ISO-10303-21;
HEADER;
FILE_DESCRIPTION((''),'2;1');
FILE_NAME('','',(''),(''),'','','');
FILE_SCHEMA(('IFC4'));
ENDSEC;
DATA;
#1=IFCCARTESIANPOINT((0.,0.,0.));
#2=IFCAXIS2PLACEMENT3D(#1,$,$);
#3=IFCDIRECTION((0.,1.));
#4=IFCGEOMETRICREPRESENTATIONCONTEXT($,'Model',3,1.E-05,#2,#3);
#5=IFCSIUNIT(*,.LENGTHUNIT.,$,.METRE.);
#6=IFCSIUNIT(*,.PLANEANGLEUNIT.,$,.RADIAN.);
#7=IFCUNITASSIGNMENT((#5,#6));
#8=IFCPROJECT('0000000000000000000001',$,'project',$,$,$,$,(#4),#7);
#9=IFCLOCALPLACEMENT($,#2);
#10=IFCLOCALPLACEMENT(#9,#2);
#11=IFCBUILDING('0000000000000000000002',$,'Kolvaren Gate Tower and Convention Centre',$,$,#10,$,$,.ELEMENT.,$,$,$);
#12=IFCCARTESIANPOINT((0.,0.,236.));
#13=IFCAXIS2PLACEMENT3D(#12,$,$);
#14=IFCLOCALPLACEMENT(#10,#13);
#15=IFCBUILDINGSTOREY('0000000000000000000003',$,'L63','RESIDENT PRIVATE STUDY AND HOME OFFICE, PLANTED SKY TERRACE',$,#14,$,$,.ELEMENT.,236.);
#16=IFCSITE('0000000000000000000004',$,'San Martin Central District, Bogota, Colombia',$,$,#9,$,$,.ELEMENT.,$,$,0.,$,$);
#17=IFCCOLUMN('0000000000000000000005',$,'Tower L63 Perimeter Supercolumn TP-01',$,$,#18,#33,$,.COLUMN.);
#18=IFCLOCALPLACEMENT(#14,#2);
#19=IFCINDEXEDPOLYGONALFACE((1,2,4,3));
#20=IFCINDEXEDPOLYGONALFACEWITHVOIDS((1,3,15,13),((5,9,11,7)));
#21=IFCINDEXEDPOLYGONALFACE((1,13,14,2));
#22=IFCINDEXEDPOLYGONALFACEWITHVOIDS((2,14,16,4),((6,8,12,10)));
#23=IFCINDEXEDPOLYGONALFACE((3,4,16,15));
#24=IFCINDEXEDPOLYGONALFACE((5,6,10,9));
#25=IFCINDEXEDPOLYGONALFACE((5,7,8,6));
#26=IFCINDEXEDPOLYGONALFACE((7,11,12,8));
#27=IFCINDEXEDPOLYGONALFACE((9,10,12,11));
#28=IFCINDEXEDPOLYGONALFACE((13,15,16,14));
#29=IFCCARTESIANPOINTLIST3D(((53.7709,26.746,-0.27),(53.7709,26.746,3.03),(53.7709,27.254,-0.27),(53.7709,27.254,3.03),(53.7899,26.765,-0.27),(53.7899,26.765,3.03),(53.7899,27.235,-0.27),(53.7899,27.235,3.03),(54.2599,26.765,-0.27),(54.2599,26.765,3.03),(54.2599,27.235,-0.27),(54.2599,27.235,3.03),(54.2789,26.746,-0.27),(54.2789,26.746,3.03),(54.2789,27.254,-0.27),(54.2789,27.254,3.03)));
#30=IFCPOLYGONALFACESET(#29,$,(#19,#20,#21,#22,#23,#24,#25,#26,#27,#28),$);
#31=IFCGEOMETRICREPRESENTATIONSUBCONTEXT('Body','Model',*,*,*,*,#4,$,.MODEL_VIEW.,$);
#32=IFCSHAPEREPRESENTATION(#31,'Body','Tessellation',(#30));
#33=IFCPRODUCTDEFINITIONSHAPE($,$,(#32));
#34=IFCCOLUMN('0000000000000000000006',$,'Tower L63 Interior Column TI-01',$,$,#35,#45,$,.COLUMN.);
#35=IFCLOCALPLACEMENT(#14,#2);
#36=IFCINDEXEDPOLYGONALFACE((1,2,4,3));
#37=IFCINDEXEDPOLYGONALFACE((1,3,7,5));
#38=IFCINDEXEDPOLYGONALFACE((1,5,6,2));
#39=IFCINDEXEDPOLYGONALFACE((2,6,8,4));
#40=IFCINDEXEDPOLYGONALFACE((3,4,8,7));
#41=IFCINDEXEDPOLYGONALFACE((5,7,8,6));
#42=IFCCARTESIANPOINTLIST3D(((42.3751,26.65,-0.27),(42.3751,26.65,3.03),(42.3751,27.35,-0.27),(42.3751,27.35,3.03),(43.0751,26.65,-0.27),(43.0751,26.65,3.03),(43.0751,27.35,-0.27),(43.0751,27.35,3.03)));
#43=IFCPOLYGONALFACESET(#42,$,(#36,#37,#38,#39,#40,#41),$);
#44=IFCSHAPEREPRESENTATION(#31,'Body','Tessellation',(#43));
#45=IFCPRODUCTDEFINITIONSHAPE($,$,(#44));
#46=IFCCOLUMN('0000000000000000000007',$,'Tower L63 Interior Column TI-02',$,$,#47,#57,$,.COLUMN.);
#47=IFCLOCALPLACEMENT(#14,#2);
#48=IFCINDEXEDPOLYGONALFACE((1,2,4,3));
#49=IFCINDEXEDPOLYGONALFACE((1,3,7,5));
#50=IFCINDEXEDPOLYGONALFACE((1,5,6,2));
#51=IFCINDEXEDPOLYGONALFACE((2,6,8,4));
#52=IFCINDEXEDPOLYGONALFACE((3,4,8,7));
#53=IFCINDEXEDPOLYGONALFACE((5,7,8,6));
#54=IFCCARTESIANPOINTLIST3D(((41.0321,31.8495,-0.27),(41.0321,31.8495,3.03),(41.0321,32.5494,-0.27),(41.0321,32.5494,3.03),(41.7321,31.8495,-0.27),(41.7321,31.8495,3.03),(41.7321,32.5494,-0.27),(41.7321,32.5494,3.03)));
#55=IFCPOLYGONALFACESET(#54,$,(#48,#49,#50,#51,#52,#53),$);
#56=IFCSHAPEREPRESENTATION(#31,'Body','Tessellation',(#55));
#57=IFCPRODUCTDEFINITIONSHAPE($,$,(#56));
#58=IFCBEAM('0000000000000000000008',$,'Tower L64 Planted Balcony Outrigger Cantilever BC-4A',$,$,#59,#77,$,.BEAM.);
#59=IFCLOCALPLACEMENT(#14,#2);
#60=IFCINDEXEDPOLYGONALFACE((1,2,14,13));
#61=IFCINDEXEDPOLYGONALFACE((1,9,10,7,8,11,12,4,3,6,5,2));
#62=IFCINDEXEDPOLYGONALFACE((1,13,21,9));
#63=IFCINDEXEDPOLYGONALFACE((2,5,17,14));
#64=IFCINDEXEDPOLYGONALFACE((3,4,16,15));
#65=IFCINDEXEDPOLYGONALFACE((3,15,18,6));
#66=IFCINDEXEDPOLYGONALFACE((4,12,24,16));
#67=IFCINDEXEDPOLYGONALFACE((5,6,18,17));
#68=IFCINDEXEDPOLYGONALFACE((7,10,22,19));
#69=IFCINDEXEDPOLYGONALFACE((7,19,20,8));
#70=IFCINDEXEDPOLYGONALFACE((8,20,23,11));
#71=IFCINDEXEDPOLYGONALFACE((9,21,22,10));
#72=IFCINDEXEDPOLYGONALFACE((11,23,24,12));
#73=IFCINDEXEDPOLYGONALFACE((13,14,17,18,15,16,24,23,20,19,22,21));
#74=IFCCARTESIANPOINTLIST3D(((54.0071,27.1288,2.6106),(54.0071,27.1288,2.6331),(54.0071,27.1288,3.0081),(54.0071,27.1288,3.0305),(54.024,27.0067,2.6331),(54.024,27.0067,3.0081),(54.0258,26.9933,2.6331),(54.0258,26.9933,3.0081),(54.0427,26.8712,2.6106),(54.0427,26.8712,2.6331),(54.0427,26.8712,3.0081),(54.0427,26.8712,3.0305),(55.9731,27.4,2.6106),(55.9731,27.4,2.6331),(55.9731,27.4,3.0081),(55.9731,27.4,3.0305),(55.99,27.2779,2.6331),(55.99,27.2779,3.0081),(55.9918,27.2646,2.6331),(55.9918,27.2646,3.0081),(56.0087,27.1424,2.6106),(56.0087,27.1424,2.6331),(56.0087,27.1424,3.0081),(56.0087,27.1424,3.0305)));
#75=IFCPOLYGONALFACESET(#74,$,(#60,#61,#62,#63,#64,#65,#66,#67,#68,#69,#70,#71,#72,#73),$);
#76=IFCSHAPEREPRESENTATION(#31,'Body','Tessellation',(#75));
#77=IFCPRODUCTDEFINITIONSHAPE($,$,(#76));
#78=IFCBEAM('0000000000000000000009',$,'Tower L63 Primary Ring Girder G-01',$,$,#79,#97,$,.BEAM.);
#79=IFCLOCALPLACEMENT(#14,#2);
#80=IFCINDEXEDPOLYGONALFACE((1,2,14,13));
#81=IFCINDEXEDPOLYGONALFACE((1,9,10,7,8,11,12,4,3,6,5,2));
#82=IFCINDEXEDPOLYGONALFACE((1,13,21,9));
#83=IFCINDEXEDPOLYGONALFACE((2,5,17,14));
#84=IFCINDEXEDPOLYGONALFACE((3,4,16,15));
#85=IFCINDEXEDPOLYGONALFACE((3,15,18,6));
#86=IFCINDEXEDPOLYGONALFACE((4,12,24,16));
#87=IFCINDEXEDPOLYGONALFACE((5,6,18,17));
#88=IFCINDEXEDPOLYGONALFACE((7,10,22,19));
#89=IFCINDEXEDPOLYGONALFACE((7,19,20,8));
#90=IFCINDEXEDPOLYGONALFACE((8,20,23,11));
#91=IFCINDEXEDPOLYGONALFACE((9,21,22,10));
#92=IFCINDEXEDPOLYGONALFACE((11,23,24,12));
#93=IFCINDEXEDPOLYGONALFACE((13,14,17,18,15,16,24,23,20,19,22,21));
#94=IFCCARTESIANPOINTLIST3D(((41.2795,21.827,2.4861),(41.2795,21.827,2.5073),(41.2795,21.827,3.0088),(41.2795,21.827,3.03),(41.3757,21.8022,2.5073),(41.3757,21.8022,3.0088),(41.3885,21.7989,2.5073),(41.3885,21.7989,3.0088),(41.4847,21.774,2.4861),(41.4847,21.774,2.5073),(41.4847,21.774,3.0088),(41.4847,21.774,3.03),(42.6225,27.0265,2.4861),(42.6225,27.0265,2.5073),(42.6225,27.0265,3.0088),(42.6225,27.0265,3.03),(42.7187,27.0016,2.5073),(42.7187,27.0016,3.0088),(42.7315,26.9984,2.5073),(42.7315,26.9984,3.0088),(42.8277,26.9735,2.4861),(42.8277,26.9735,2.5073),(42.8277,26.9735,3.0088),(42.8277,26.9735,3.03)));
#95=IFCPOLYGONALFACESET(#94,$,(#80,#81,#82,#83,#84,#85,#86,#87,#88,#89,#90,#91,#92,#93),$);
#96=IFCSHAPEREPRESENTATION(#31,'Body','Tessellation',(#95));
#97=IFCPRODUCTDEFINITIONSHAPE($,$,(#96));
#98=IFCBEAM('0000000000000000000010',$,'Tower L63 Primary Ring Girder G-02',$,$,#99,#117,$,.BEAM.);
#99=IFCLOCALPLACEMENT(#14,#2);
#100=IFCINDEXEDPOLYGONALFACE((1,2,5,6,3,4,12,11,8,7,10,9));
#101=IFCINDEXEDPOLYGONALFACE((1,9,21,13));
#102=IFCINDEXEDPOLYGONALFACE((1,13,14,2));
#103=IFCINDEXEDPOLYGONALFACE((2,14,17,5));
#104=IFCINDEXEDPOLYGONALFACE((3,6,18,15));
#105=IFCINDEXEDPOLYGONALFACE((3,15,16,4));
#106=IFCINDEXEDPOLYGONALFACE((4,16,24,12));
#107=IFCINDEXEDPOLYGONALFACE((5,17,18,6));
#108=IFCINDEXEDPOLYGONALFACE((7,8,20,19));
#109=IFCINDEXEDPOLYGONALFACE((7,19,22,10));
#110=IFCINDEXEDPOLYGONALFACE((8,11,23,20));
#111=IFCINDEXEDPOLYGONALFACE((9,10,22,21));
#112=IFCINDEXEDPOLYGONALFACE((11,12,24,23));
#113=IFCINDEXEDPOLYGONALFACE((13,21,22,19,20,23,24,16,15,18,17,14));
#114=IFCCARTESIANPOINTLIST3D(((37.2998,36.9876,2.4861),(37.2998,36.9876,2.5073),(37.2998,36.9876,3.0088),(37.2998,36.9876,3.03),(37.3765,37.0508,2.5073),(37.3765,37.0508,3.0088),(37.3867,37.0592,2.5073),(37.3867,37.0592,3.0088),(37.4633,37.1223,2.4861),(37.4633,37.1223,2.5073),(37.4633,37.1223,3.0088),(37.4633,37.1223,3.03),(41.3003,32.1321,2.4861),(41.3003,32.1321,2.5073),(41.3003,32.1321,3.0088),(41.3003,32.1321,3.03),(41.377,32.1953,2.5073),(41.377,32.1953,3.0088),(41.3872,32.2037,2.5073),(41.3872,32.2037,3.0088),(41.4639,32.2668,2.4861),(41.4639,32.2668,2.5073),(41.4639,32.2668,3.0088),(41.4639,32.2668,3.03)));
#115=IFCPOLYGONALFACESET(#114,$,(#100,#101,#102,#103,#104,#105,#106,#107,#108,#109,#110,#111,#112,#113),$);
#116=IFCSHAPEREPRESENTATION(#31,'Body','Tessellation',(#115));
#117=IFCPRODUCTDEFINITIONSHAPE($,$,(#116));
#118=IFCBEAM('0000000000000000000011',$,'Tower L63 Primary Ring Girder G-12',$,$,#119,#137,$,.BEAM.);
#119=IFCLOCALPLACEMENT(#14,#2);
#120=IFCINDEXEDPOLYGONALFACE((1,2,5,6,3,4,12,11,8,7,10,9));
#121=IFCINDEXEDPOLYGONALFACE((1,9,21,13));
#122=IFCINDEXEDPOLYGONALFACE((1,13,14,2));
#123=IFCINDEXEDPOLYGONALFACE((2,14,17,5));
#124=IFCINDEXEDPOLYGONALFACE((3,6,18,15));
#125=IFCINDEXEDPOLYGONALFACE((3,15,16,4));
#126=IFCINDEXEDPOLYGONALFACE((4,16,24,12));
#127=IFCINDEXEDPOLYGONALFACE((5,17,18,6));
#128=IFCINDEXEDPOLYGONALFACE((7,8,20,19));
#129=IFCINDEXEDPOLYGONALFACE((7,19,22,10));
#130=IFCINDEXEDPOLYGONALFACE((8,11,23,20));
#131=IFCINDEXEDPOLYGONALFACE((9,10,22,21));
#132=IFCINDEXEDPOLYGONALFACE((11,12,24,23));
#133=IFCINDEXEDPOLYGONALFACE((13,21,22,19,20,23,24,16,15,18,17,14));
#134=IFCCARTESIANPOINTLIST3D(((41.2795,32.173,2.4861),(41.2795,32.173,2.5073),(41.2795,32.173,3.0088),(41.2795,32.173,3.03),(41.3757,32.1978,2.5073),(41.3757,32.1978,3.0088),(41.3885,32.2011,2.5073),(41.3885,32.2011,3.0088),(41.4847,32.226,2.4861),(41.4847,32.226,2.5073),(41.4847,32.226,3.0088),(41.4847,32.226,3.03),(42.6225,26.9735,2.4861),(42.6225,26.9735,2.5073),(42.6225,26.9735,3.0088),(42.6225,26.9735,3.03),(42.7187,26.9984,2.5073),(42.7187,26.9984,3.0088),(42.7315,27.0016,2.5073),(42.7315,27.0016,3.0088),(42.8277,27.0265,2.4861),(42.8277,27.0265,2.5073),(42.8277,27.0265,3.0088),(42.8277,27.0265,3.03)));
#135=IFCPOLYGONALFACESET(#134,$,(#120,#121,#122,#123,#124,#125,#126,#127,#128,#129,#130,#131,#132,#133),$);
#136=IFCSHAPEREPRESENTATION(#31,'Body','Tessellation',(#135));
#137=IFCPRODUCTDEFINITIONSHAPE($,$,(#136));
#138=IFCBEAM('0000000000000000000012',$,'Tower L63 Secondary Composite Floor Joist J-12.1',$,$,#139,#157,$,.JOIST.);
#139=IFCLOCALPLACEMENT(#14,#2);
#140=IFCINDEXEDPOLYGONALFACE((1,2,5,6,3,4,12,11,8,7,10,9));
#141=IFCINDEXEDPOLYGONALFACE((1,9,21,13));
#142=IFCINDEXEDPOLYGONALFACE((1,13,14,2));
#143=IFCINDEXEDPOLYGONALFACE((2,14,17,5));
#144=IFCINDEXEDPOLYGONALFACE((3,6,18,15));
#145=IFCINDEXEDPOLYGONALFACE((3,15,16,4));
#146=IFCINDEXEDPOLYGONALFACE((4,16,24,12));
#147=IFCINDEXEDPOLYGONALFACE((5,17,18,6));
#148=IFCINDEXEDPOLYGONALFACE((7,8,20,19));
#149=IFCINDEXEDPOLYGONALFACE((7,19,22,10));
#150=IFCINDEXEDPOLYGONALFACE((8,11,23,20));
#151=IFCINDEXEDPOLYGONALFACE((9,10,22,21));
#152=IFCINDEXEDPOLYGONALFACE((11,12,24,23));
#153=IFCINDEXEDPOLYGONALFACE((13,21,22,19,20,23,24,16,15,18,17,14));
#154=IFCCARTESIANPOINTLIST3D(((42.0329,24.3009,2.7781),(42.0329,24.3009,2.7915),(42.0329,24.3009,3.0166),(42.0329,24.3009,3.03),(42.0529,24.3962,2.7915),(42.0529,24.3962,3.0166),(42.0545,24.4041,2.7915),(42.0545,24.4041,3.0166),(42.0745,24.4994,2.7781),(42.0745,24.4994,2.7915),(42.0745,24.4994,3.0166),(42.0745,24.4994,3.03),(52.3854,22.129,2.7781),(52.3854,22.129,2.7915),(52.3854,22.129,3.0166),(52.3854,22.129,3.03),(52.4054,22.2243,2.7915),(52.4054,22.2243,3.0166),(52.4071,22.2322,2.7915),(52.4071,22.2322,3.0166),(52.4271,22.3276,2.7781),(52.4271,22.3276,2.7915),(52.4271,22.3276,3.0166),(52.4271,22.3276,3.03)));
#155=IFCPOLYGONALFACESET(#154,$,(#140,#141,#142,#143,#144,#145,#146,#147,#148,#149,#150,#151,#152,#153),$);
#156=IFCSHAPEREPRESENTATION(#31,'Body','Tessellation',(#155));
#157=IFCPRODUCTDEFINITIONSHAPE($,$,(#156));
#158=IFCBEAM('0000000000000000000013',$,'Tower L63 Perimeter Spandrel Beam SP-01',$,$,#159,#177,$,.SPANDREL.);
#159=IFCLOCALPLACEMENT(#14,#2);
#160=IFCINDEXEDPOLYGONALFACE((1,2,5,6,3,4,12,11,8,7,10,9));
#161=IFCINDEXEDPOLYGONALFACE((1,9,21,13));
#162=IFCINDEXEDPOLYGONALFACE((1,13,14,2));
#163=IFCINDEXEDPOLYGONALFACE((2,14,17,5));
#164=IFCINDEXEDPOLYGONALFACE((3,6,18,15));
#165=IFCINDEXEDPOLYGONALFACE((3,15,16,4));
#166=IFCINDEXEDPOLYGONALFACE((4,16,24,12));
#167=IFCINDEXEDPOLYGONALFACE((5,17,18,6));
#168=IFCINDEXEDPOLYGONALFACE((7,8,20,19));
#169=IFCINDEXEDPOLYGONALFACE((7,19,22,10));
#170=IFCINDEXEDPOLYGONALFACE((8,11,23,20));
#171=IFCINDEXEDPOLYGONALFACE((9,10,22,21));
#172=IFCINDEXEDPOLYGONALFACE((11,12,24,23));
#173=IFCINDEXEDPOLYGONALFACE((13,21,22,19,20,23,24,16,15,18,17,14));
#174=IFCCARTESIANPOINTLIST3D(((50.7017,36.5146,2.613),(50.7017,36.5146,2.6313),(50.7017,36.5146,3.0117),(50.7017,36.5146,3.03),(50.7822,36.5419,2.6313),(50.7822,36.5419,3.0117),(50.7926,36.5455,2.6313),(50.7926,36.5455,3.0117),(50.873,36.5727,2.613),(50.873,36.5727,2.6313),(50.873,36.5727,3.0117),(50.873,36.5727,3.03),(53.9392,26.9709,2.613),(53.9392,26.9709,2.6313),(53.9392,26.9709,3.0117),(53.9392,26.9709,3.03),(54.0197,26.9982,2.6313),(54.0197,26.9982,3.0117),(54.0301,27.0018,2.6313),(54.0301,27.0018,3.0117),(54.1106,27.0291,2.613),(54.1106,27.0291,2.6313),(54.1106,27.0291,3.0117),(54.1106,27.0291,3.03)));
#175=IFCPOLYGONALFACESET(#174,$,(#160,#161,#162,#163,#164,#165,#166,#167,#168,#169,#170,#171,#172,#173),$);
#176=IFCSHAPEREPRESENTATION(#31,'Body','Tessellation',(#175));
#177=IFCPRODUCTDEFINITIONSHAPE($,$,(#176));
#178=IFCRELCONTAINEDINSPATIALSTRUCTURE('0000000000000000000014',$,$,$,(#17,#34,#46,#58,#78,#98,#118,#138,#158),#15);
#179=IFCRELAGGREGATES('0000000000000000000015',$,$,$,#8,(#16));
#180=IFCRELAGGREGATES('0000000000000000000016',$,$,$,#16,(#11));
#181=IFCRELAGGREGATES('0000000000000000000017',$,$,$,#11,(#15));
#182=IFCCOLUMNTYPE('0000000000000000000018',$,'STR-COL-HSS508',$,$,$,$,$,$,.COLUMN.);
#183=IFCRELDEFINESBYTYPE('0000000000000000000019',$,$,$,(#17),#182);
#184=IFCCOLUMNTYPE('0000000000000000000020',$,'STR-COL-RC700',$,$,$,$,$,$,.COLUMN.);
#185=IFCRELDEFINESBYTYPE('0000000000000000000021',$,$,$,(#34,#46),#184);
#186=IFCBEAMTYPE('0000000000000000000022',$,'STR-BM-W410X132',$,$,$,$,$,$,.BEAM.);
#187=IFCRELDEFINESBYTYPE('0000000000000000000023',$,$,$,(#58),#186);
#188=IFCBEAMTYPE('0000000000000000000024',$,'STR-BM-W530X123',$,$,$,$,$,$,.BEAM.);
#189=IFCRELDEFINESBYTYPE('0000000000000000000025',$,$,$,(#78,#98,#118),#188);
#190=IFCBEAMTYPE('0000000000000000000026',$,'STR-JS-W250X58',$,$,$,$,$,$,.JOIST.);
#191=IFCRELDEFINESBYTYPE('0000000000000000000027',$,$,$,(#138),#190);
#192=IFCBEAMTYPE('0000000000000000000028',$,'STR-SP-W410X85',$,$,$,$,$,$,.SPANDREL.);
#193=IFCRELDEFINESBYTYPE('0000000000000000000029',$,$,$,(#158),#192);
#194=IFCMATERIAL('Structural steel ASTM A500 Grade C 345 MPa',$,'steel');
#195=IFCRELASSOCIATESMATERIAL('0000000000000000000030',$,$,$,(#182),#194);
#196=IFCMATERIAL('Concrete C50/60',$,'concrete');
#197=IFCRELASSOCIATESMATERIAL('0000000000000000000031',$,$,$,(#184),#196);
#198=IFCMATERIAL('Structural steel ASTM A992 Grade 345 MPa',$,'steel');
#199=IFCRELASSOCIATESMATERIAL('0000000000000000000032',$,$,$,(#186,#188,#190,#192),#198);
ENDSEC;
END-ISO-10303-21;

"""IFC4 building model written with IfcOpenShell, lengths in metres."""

from ifc_helpers import new_model, si_unit, direction, frame, origin, origin_2d, place, context, subcontext, project, spatial, rectangle, hollow_rectangle, i_section, extrude, material, material_profile, profile_set, type_object, element, save


model = new_model("IFC4")

# Units and contexts
model_context = context("Model", 3, precision=1e-05, world=origin(), true_north=direction((0.0, 1.0)))
body_context = subcontext(model_context, "Body", "Model", "MODEL_VIEW")
ifc_project = project(units=[si_unit("LENGTHUNIT", "METRE"), si_unit("PLANEANGLEUNIT", "RADIAN")], contexts=[model_context])

# Site, building, storey
site_placement = place(None, origin())
site = spatial("IfcSite", under=ifc_project, at=site_placement, Name="San Martin Central District, Bogota, Colombia", CompositionType="ELEMENT", RefElevation=0.0)
building_placement = place(site_placement, origin())
building = spatial("IfcBuilding", under=site, at=building_placement, Name="Kolvaren Gate Tower and Convention Centre", CompositionType="ELEMENT")
storey_placement = place(building_placement, frame((0.0, 0.0, 236.0)))
storey = spatial("IfcBuildingStorey", under=building, at=storey_placement, Name="L63", Description="RESIDENT PRIVATE STUDY AND HOME OFFICE, PLANTED SKY TERRACE", CompositionType="ELEMENT", Elevation=236.0)

# Columns
ifc_material_1 = material(Name="Structural steel ASTM A500 Grade C 345 MPa", Category="steel")
ifc_material_profile_1 = material_profile(ifc_material_1, hollow_rectangle(XDim=0.5081, YDim=0.5081, WallThickness=0.019, at=origin_2d()), Name="HSS508X508X19.1")
ifc_profile_set_1 = profile_set([ifc_material_profile_1], Name="Structural steel ASTM A500 Grade C 345 MPa")
column_type_1 = type_object("IfcColumnType", Name="STR-COL-HSS508", PredefinedType="COLUMN", material=ifc_profile_set_1)
column_placement = place(storey_placement, frame((54.0249, 27.0, -0.27), z_axis=(0.0, 0.0, 1.0), x_axis=(1.0, 0.0, 0.0)))
element("IfcColumn", 1, at=column_placement, inside=storey, type_object=column_type_1, Name="Tower L63 Perimeter Supercolumn TP-01", PredefinedType="COLUMN", context=body_context, shape_type="SweptSolid", body=[
    extrude(hollow_rectangle(XDim=0.5081, YDim=0.5081, WallThickness=0.019, at=origin_2d()), origin(), (0.0, 0.0, 1.0), 3.3),
])
ifc_material_2 = material(Name="Concrete C50/60", Category="concrete")
ifc_material_profile_2 = material_profile(ifc_material_2, rectangle(XDim=0.7, YDim=0.7, at=origin_2d()), Name="RC-COL-700X700")
ifc_profile_set_2 = profile_set([ifc_material_profile_2], Name="Concrete C50/60")
column_type_2 = type_object("IfcColumnType", Name="STR-COL-RC700", PredefinedType="COLUMN", material=ifc_profile_set_2)
for number, where, z_axis, x_axis, name in (
    (2, (42.7251, 27.0, -0.27), (0.0, 0.0, 1.0), (1.0, 0.0, 0.0), "Tower L63 Interior Column TI-01"),
    (3, (41.3821, 32.1995, -0.27), (0.0, 0.0, 1.0), (1.0, 0.0, 0.0), "Tower L63 Interior Column TI-02"),
):
    element("IfcColumn", number, at=place(storey_placement, frame(where, z_axis=z_axis, x_axis=x_axis)), inside=storey, type_object=column_type_2, Name=name, PredefinedType="COLUMN", context=body_context, shape_type="SweptSolid", body=[
        extrude(rectangle(XDim=0.7, YDim=0.7, at=origin_2d()), origin(), (0.0, 0.0, 1.0), 3.3),
    ])

# Beams
ifc_material_3 = material(Name="Structural steel ASTM A992 Grade 345 MPa", Category="steel")
ifc_material_profile_3 = material_profile(ifc_material_3, i_section(OverallWidth=0.26, OverallDepth=0.4199, WebThickness=0.0134, FlangeThickness=0.0225, at=origin_2d()), Name="W410X132")
ifc_profile_set_3 = profile_set([ifc_material_profile_3], Name="Structural steel ASTM A992 Grade 345 MPa")
beam_type_1 = type_object("IfcBeamType", Name="STR-BM-W410X132", PredefinedType="BEAM", material=ifc_profile_set_3)
beam_1_placement = place(storey_placement, frame((54.0249, 27.0, 2.8206), z_axis=(0.990617, 0.136667, 0.0), x_axis=(-0.136667, 0.990617, 0.0)))
element("IfcBeam", 4, at=beam_1_placement, inside=storey, type_object=beam_type_1, Name="Tower L64 Planted Balcony Outrigger Cantilever BC-4A", PredefinedType="BEAM", context=body_context, shape_type="SweptSolid", body=[
    extrude(i_section(OverallWidth=0.26, OverallDepth=0.4199, WebThickness=0.0134, FlangeThickness=0.0225, at=origin_2d()), origin(), (0.0, 0.0, 1.0), 1.9846),
])
ifc_material_profile_4 = material_profile(ifc_material_3, i_section(OverallWidth=0.2119, OverallDepth=0.5439, WebThickness=0.0132, FlangeThickness=0.0212, at=origin_2d()), Name="W530X123")
ifc_profile_set_4 = profile_set([ifc_material_profile_4], Name="Structural steel ASTM A992 Grade 345 MPa")
beam_type_2 = type_object("IfcBeamType", Name="STR-BM-W530X123", PredefinedType="BEAM", material=ifc_profile_set_4)
beam_2_placement = place(storey_placement, frame((42.7251, 27.0, 2.7581), z_axis=(-0.250091, -0.968222, 0.0), x_axis=(0.968222, -0.250091, 0.0)))
element("IfcBeam", 5, at=beam_2_placement, inside=storey, type_object=beam_type_2, Name="Tower L63 Primary Ring Girder G-01", PredefinedType="BEAM", context=body_context, shape_type="SweptSolid", body=[
    extrude(i_section(OverallWidth=0.2119, OverallDepth=0.5439, WebThickness=0.0132, FlangeThickness=0.0212, at=origin_2d()), origin(), (0.0, 0.0, 1.0), 5.3701),
])
beam_3_placement = place(storey_placement, frame((41.3821, 32.1995, 2.7581), z_axis=(-0.635884, 0.771785, 0.0), x_axis=(-0.771785, -0.635884, 0.0)))
element("IfcBeam", 6, at=beam_3_placement, inside=storey, type_object=beam_type_2, Name="Tower L63 Primary Ring Girder G-02", PredefinedType="BEAM", context=body_context, shape_type="SweptSolid", body=[
    extrude(i_section(OverallWidth=0.2119, OverallDepth=0.5439, WebThickness=0.0132, FlangeThickness=0.0212, at=origin_2d()), origin(), (0.0, 0.0, 1.0), 6.2913),
])
beam_4_placement = place(storey_placement, frame((42.7251, 27.0, 2.7581), z_axis=(-0.250091, 0.968222, 0.0), x_axis=(-0.968222, -0.250091, 0.0)))
element("IfcBeam", 7, at=beam_4_placement, inside=storey, type_object=beam_type_2, Name="Tower L63 Primary Ring Girder G-12", PredefinedType="BEAM", context=body_context, shape_type="SweptSolid", body=[
    extrude(i_section(OverallWidth=0.2119, OverallDepth=0.5439, WebThickness=0.0132, FlangeThickness=0.0212, at=origin_2d()), origin(), (0.0, 0.0, 1.0), 5.3701),
])
ifc_material_profile_5 = material_profile(ifc_material_3, i_section(OverallWidth=0.2029, OverallDepth=0.252, WebThickness=0.0081, FlangeThickness=0.0134, at=origin_2d()), Name="W250X58")
ifc_profile_set_5 = profile_set([ifc_material_profile_5], Name="Structural steel ASTM A992 Grade 345 MPa")
beam_type_3 = type_object("IfcBeamType", Name="STR-JS-W250X58", PredefinedType="JOIST", material=ifc_profile_set_5)
beam_5_placement = place(storey_placement, frame((42.0537, 24.4001, 2.9041), z_axis=(0.978695, -0.205322, 0.0), x_axis=(0.205322, 0.978695, 0.0)))
element("IfcBeam", 8, at=beam_5_placement, inside=storey, type_object=beam_type_3, Name="Tower L63 Secondary Composite Floor Joist J-12.1", PredefinedType="JOIST", context=body_context, shape_type="SweptSolid", body=[
    extrude(i_section(OverallWidth=0.2029, OverallDepth=0.252, WebThickness=0.0081, FlangeThickness=0.0134, at=origin_2d()), origin(), (0.0, 0.0, 1.0), 10.5779),
])
ifc_material_profile_6 = material_profile(ifc_material_3, i_section(OverallWidth=0.1809, OverallDepth=0.417, WebThickness=0.011, FlangeThickness=0.0183, at=origin_2d()), Name="W410X85")
ifc_profile_set_6 = profile_set([ifc_material_profile_6], Name="Structural steel ASTM A992 Grade 345 MPa")
beam_type_4 = type_object("IfcBeamType", Name="STR-SP-W410X85", PredefinedType="SPANDREL", material=ifc_profile_set_6)
beam_6_placement = place(storey_placement, frame((54.0249, 27.0, 2.8215), z_axis=(-0.321253, 0.946994, 0.0), x_axis=(-0.946994, -0.321253, 0.0)))
element("IfcBeam", 9, at=beam_6_placement, inside=storey, type_object=beam_type_4, Name="Tower L63 Perimeter Spandrel Beam SP-01", PredefinedType="SPANDREL", context=body_context, shape_type="SweptSolid", body=[
    extrude(i_section(OverallWidth=0.1809, OverallDepth=0.417, WebThickness=0.011, FlangeThickness=0.0183, at=origin_2d()), origin(), (0.0, 0.0, 1.0), 10.0779),
])

save(model, "model.ifc")
